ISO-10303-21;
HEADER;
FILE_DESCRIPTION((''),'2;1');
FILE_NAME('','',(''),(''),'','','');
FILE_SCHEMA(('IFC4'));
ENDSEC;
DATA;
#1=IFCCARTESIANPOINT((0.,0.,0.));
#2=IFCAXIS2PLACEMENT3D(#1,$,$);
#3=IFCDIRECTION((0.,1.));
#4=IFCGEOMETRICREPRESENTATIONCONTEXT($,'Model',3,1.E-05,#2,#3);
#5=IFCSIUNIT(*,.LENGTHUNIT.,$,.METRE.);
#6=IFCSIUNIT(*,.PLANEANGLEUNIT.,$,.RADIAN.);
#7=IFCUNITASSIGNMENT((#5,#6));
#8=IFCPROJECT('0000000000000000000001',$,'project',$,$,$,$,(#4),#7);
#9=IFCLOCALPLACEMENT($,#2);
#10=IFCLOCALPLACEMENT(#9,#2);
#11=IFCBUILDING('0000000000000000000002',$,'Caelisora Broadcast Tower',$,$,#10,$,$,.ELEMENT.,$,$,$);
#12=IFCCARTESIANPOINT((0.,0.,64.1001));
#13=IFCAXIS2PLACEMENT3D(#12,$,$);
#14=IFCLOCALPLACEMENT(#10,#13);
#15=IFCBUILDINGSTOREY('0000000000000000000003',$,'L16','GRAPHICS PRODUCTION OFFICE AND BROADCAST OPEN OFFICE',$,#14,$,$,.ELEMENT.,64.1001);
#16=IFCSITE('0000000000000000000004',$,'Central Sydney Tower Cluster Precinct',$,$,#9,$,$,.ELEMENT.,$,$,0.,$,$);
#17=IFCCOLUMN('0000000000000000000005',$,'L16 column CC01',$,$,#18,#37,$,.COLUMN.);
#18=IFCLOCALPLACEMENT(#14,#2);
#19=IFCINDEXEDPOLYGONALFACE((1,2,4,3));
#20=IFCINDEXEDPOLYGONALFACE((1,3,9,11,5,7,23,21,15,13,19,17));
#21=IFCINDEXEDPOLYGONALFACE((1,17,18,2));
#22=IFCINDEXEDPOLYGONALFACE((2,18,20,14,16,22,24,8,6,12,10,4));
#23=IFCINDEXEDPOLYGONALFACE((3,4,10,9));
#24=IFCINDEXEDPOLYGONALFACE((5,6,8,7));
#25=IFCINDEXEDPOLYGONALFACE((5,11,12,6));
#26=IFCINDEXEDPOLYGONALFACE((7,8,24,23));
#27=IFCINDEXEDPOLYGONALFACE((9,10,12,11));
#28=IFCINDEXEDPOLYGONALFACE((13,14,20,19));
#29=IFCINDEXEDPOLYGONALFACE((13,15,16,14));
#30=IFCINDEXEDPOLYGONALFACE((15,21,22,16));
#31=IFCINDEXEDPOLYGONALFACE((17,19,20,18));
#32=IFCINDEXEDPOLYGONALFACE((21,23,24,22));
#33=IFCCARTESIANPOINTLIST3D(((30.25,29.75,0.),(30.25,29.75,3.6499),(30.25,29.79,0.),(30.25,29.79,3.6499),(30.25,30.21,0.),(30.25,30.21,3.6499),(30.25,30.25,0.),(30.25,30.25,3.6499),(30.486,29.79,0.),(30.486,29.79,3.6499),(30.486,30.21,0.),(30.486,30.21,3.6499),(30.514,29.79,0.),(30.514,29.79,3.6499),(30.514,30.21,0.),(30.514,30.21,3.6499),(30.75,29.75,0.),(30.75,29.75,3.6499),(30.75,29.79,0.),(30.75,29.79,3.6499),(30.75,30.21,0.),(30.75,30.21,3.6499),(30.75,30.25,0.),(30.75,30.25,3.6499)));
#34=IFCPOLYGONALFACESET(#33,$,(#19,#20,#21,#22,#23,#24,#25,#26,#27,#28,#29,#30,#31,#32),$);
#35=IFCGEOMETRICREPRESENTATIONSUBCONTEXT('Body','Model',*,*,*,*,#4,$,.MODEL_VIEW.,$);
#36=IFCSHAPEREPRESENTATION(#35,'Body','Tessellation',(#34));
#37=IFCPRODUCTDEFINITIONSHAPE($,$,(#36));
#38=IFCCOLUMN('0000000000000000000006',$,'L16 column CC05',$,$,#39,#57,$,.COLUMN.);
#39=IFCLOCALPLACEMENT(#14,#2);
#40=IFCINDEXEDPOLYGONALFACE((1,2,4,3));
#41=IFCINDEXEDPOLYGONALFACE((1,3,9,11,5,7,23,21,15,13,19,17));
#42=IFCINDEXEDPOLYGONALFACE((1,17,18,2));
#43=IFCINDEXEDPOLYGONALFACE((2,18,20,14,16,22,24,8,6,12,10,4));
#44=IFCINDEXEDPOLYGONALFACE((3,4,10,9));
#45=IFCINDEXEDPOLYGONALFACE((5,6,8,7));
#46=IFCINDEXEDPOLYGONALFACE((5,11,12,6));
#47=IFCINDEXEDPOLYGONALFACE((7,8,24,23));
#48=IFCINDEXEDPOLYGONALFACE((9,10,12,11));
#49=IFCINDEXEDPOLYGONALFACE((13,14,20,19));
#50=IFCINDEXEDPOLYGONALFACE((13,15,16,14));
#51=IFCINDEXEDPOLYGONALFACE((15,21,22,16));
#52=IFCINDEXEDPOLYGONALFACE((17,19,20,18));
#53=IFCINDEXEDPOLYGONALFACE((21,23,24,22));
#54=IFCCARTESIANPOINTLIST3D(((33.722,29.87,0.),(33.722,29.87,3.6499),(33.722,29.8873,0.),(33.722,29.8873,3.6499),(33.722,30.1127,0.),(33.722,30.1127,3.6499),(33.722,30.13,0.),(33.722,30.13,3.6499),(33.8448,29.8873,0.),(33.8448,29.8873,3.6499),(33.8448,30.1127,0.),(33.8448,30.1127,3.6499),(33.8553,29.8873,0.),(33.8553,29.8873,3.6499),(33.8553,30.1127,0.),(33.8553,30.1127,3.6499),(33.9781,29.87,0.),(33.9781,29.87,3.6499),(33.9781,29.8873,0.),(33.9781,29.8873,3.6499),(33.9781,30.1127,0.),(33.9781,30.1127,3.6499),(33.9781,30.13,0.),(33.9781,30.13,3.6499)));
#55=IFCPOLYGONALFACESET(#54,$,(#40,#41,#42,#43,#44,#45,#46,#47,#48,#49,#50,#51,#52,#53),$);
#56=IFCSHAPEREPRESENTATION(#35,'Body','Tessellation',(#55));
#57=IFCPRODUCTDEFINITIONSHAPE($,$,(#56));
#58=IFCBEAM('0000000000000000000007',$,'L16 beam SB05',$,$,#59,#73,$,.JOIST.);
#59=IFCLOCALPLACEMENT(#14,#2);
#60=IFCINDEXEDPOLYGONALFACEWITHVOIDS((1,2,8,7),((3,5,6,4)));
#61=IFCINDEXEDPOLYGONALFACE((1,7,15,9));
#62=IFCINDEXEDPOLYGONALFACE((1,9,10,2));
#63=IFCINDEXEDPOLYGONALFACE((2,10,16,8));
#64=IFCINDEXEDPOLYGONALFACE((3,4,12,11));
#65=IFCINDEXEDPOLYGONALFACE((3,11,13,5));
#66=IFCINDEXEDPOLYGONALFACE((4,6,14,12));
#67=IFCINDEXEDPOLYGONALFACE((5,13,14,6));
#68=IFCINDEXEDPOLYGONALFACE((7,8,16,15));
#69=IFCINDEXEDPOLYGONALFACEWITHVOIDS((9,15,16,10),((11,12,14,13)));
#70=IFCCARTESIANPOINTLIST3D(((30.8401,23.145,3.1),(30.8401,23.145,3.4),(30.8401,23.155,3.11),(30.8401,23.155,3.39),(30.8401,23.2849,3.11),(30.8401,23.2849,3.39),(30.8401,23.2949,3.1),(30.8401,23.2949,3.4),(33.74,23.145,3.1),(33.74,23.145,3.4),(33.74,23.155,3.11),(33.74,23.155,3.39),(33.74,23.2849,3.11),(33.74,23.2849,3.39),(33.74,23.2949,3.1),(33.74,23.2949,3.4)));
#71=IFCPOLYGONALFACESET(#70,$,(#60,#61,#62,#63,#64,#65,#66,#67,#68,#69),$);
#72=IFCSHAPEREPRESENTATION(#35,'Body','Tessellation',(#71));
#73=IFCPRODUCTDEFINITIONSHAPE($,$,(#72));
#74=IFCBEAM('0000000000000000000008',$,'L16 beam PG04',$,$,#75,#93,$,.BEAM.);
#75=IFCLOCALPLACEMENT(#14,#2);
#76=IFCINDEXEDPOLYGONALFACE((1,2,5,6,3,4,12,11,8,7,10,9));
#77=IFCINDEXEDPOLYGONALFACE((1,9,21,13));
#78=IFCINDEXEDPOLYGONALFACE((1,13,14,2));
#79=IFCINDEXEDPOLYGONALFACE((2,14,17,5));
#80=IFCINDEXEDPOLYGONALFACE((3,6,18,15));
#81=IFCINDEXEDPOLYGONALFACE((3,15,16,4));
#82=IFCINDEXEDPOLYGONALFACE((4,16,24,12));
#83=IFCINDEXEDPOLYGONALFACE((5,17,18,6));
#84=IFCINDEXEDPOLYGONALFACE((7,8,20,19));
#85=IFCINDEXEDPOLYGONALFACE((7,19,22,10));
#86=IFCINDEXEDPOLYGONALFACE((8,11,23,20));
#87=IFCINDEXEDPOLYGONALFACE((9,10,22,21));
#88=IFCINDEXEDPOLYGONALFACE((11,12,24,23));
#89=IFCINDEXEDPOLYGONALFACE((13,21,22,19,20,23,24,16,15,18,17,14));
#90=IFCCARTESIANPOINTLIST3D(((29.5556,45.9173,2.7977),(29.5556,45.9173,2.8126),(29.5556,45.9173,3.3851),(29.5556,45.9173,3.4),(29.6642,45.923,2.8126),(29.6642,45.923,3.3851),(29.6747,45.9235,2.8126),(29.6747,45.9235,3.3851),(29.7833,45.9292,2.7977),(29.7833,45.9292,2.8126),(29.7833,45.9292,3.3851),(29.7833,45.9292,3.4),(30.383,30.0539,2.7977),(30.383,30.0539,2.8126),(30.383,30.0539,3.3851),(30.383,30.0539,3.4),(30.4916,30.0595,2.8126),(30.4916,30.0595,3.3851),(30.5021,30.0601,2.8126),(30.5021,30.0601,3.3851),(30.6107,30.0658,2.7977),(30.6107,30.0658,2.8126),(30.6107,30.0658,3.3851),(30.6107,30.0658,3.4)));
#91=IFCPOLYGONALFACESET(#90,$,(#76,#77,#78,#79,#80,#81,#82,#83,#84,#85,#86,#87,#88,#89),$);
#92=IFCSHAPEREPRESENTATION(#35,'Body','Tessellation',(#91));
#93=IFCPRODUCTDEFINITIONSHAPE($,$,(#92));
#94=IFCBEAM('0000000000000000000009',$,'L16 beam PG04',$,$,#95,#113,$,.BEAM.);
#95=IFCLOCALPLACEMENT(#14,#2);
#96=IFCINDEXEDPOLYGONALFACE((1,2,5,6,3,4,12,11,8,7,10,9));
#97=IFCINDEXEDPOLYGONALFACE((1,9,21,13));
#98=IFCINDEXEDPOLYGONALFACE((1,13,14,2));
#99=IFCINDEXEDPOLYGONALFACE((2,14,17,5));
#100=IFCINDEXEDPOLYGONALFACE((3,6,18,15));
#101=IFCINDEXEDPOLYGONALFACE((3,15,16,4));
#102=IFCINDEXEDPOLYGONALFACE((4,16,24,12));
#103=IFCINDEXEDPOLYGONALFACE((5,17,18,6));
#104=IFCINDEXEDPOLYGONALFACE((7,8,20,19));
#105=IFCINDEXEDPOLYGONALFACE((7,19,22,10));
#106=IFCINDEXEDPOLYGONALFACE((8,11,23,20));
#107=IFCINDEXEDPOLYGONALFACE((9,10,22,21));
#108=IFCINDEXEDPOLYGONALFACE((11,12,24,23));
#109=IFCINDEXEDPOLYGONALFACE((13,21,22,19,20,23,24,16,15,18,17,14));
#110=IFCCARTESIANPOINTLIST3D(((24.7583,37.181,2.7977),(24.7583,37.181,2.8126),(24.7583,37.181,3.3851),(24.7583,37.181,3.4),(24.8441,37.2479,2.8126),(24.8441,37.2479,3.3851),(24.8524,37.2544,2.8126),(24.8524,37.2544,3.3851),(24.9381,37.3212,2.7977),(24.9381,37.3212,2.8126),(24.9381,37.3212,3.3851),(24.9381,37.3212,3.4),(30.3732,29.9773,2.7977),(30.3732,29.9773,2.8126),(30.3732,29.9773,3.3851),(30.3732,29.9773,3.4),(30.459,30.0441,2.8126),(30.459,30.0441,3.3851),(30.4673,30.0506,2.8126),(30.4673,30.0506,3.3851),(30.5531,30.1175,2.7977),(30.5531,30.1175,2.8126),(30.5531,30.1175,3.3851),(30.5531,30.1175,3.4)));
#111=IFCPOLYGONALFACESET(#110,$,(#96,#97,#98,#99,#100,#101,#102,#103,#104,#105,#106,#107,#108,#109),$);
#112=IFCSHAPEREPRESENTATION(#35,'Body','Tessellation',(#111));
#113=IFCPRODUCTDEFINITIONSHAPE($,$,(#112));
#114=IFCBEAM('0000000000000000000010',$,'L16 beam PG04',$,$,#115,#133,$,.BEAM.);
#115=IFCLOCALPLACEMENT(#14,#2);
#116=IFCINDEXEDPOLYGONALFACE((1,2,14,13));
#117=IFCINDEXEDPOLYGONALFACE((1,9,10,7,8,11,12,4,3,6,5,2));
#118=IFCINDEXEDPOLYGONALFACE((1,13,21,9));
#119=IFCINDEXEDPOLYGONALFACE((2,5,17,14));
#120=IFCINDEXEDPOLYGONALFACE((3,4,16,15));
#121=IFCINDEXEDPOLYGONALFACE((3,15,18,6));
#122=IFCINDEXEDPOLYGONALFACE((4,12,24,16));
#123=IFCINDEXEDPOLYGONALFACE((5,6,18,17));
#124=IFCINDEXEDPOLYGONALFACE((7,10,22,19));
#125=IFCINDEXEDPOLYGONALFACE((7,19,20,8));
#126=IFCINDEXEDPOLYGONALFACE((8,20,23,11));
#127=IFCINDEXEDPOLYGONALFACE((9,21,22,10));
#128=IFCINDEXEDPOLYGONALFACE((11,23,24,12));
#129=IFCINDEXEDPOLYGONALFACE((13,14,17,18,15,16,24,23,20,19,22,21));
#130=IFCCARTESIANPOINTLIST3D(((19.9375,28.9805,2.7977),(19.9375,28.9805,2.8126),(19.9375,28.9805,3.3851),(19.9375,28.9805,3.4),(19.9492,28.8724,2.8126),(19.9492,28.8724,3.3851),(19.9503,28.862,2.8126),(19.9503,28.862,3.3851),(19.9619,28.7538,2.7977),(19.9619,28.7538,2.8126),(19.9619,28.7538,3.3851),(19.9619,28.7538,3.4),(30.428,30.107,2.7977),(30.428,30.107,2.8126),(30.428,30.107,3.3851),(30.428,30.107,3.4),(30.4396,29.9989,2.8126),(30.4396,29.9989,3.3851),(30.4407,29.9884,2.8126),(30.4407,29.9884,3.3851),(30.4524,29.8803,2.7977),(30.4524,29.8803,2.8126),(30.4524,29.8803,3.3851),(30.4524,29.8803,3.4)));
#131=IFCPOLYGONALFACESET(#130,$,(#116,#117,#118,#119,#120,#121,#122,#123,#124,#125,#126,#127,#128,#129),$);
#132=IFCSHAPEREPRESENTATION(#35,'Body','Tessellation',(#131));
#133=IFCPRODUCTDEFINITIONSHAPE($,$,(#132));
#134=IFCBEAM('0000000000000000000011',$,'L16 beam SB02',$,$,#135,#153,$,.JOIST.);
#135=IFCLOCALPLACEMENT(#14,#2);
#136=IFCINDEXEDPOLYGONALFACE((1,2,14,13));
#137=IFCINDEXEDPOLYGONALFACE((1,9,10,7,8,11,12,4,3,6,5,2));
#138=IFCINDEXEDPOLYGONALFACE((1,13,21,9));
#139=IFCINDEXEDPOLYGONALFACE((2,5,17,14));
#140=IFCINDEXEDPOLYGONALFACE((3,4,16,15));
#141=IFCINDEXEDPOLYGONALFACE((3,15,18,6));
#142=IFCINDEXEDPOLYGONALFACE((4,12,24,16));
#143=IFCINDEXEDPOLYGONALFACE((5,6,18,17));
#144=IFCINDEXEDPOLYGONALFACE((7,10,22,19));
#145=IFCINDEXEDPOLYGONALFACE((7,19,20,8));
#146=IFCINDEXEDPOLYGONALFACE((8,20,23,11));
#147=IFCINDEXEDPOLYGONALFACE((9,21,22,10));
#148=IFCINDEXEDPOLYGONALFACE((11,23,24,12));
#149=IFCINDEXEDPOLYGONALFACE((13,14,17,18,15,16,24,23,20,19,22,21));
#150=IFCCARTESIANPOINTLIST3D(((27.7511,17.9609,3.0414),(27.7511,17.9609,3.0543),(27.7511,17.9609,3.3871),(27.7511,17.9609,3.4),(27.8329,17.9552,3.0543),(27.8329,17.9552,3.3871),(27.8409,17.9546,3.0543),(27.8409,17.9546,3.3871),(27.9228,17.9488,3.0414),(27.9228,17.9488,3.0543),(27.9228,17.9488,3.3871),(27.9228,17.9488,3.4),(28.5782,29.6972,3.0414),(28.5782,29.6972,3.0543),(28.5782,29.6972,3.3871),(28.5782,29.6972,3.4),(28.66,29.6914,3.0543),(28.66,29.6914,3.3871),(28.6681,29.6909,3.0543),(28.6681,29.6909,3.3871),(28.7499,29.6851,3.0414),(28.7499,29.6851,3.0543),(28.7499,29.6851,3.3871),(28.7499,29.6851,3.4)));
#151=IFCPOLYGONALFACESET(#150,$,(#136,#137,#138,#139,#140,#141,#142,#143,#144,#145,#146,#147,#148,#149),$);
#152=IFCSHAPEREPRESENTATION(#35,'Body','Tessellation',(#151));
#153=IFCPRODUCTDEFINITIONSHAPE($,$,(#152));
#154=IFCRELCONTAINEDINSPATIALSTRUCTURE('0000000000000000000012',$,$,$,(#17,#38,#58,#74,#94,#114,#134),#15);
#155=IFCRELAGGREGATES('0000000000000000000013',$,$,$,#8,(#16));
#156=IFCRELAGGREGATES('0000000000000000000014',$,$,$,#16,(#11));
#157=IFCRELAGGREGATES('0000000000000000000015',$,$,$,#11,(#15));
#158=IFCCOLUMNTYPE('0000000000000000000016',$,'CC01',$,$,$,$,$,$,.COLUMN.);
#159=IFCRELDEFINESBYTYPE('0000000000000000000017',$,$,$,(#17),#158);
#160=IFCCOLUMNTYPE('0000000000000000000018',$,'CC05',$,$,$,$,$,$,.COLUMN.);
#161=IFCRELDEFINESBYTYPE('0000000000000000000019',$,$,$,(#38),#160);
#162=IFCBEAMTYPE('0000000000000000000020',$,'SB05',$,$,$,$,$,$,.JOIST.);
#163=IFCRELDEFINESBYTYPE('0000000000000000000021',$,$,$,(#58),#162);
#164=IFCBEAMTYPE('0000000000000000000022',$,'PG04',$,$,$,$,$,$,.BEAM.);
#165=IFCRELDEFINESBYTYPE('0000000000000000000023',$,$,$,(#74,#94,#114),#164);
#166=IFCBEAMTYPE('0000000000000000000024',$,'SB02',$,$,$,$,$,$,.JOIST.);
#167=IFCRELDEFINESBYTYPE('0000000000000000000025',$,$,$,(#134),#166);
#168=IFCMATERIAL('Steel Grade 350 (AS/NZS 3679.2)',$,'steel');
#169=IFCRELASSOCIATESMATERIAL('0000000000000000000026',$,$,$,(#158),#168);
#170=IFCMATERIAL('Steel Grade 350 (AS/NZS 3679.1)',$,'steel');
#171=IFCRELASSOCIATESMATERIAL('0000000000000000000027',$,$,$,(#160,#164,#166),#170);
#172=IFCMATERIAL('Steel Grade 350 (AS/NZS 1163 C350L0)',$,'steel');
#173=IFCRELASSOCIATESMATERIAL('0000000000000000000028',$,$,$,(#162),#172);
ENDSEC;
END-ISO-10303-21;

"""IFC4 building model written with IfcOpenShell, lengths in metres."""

from ifc_helpers import new_model, si_unit, direction, frame, origin, origin_2d, place, context, subcontext, project, spatial, hollow_rectangle, i_section, extrude, source, transform, mapped, material, material_profile, profile_set, type_object, type_shapes, element, save


model = new_model("IFC4")

# Units and contexts
model_context = context("Model", 3, precision=1e-05, world=origin(), true_north=direction((0.0, 1.0)))
body_context = subcontext(model_context, "Body", "Model", "MODEL_VIEW")
ifc_project = project(units=[si_unit("LENGTHUNIT", "METRE"), si_unit("PLANEANGLEUNIT", "RADIAN")], contexts=[model_context])

# Site, building, storey
site_placement = place(None, origin())
site = spatial("IfcSite", under=ifc_project, at=site_placement, Name="Central Sydney Tower Cluster Precinct", CompositionType="ELEMENT", RefElevation=0.0)
building_placement = place(site_placement, origin())
building = spatial("IfcBuilding", under=site, at=building_placement, Name="Caelisora Broadcast Tower", CompositionType="ELEMENT")
storey_placement = place(building_placement, frame((0.0, 0.0, 64.1001)))
storey = spatial("IfcBuildingStorey", under=building, at=storey_placement, Name="L16", Description="GRAPHICS PRODUCTION OFFICE AND BROADCAST OPEN OFFICE", CompositionType="ELEMENT", Elevation=64.1001)

# Columns
ifc_material_1 = material(Name="Steel Grade 350 (AS/NZS 3679.2)", Category="steel")
ifc_material_profile_1 = material_profile(ifc_material_1, i_section(OverallWidth=0.5, OverallDepth=0.5, WebThickness=0.0281, FlangeThickness=0.04, at=origin_2d()), Name="Steel Grade 350 (AS/NZS 3679.2)")
ifc_profile_set_1 = profile_set([ifc_material_profile_1], Name="Steel Grade 350 (AS/NZS 3679.2)")
column_type_1 = type_object("IfcColumnType", Name="CC01", PredefinedType="COLUMN", material=ifc_profile_set_1)
shared_shape_1 = source(origin(), body_context, "Body", "SweptSolid", [
    extrude(i_section(OverallWidth=0.5, OverallDepth=0.5, WebThickness=0.0281, FlangeThickness=0.04, at=origin_2d()), origin(), (0.0, 0.0, 1.0), 3.6499),
])
type_shapes(column_type_1, [shared_shape_1])
column_1_placement = place(storey_placement, frame((30.5, 30.0, 0.0), z_axis=(0.0, 0.0, 1.0), x_axis=(1.0, 0.0, 0.0)))
element("IfcColumn", 1, at=column_1_placement, inside=storey, type_object=column_type_1, Name="L16 column CC01", PredefinedType="COLUMN", context=body_context, shape_type="MappedRepresentation", body=[
    mapped(shared_shape_1, transform((0.0, 0.0, 0.0), scale=1.0)),
])
ifc_material_2 = material(Name="Steel Grade 350 (AS/NZS 3679.1)", Category="steel")
ifc_material_profile_2 = material_profile(ifc_material_2, i_section(OverallWidth=0.2561, OverallDepth=0.26, WebThickness=0.0105, FlangeThickness=0.0173, at=origin_2d()), Name="Steel Grade 350 (AS/NZS 3679.1)")
ifc_profile_set_2 = profile_set([ifc_material_profile_2], Name="Steel Grade 350 (AS/NZS 3679.1)")
column_type_2 = type_object("IfcColumnType", Name="CC05", PredefinedType="COLUMN", material=ifc_profile_set_2)
shared_shape_2 = source(origin(), body_context, "Body", "SweptSolid", [
    extrude(i_section(OverallWidth=0.2561, OverallDepth=0.26, WebThickness=0.0105, FlangeThickness=0.0173, at=origin_2d()), origin(), (0.0, 0.0, 1.0), 3.6499),
])
type_shapes(column_type_2, [shared_shape_2])
column_2_placement = place(storey_placement, frame((33.8501, 30.0, 0.0), z_axis=(0.0, 0.0, 1.0), x_axis=(1.0, 0.0, 0.0)))
element("IfcColumn", 2, at=column_2_placement, inside=storey, type_object=column_type_2, Name="L16 column CC05", PredefinedType="COLUMN", context=body_context, shape_type="MappedRepresentation", body=[
    mapped(shared_shape_2, transform((0.0, 0.0, 0.0), scale=1.0)),
])

# Beams
ifc_material_3 = material(Name="Steel Grade 350 (AS/NZS 1163 C350L0)", Category="steel")
ifc_material_profile_3 = material_profile(ifc_material_3, hollow_rectangle(XDim=0.1499, YDim=0.3, WallThickness=0.01, at=origin_2d()), Name="Steel Grade 350 (AS/NZS 1163 C350L0)")
ifc_profile_set_3 = profile_set([ifc_material_profile_3], Name="Steel Grade 350 (AS/NZS 1163 C350L0)")
beam_type_1 = type_object("IfcBeamType", Name="SB05", PredefinedType="JOIST", material=ifc_profile_set_3)
shared_shape_3 = source(origin(), body_context, "Body", "SweptSolid", [
    extrude(hollow_rectangle(XDim=0.1499, YDim=0.3, WallThickness=0.01, at=origin_2d()), origin(), (0.0, 0.0, 1.0), 2.8999),
])
type_shapes(beam_type_1, [shared_shape_3])
beam_1_placement = place(storey_placement, frame((30.8401, 23.22, 3.25), z_axis=(1.0, 0.0, 0.0), x_axis=(0.0, 1.0, 0.0)))
element("IfcBeam", 3, at=beam_1_placement, inside=storey, type_object=beam_type_1, Name="L16 beam SB05", PredefinedType="JOIST", context=body_context, shape_type="MappedRepresentation", body=[
    mapped(shared_shape_3, transform((0.0, 0.0, 0.0), scale=1.0)),
])
ifc_material_profile_4 = material_profile(ifc_material_2, i_section(OverallWidth=0.228, OverallDepth=0.6023, WebThickness=0.0105, FlangeThickness=0.0149, at=origin_2d()), Name="Steel Grade 350 (AS/NZS 3679.1)")
ifc_profile_set_4 = profile_set([ifc_material_profile_4], Name="Steel Grade 350 (AS/NZS 3679.1)")
beam_type_2 = type_object("IfcBeamType", Name="PG04", PredefinedType="BEAM", material=ifc_profile_set_4)
shared_shape_4 = source(origin(), body_context, "Body", "SweptSolid", [
    extrude(i_section(OverallWidth=0.228, OverallDepth=0.6023, WebThickness=0.0105, FlangeThickness=0.0149, at=origin_2d()), origin(), (0.0, 0.0, 1.0), 15.885),
])
beam_2_placement = place(storey_placement, frame((30.4968, 30.0598, 3.0989), z_axis=(-0.052086, 0.998643, 0.0), x_axis=(-0.998643, -0.052086, 0.0)))
element("IfcBeam", 4, at=beam_2_placement, inside=storey, type_object=beam_type_2, Name="L16 beam PG04", PredefinedType="BEAM", context=body_context, shape_type="MappedRepresentation", body=[
    mapped(shared_shape_4, transform((0.0, 0.0, 0.0), scale=1.0)),
])
shared_shape_5 = source(origin(), body_context, "Body", "SweptSolid", [
    extrude(i_section(OverallWidth=0.228, OverallDepth=0.6023, WebThickness=0.0105, FlangeThickness=0.0149, at=origin_2d()), origin(), (0.0, 0.0, 1.0), 9.1335),
])
beam_3_placement = place(storey_placement, frame((30.4631, 30.0474, 3.0989), z_axis=(-0.614758, 0.788716, 0.0), x_axis=(-0.788716, -0.614758, 0.0)))
element("IfcBeam", 5, at=beam_3_placement, inside=storey, type_object=beam_type_2, Name="L16 beam PG04", PredefinedType="BEAM", context=body_context, shape_type="MappedRepresentation", body=[
    mapped(shared_shape_5, transform((0.0, 0.0, 0.0), scale=1.0)),
])
shared_shape_6 = source(origin(), body_context, "Body", "SweptSolid", [
    extrude(i_section(OverallWidth=0.228, OverallDepth=0.6023, WebThickness=0.0105, FlangeThickness=0.0149, at=origin_2d()), origin(), (0.0, 0.0, 1.0), 10.5508),
])
type_shapes(beam_type_2, [shared_shape_4, shared_shape_5, shared_shape_6])
beam_4_placement = place(storey_placement, frame((30.4402, 29.9937, 3.0989), z_axis=(-0.994284, -0.106766, 0.0), x_axis=(0.106766, -0.994284, 0.0)))
element("IfcBeam", 6, at=beam_4_placement, inside=storey, type_object=beam_type_2, Name="L16 beam PG04", PredefinedType="BEAM", context=body_context, shape_type="MappedRepresentation", body=[
    mapped(shared_shape_6, transform((0.0, 0.0, 0.0), scale=1.0)),
])
ifc_material_profile_5 = material_profile(ifc_material_2, i_section(OverallWidth=0.1721, OverallDepth=0.3586, WebThickness=0.0081, FlangeThickness=0.0129, at=origin_2d()), Name="Steel Grade 350 (AS/NZS 3679.1)")
ifc_profile_set_5 = profile_set([ifc_material_profile_5], Name="Steel Grade 350 (AS/NZS 3679.1)")
beam_type_3 = type_object("IfcBeamType", Name="SB02", PredefinedType="JOIST", material=ifc_profile_set_5)
shared_shape_7 = source(origin(), body_context, "Body", "SweptSolid", [
    extrude(i_section(OverallWidth=0.1721, OverallDepth=0.3586, WebThickness=0.0081, FlangeThickness=0.0129, at=origin_2d()), origin(), (0.0, 0.0, 1.0), 11.7654),
])
beam_5_placement = place(storey_placement, frame((28.6641, 29.6912, 3.2207), z_axis=(-0.070303, -0.997526, 0.0), x_axis=(0.997526, -0.070303, 0.0)))
element("IfcBeam", 7, at=beam_5_placement, inside=storey, type_object=beam_type_3, Name="L16 beam SB02", PredefinedType="JOIST", context=body_context, shape_type="MappedRepresentation", body=[
    mapped(shared_shape_7, transform((0.0, 0.0, 0.0), scale=1.0)),
])

save(model, "model.ifc")
